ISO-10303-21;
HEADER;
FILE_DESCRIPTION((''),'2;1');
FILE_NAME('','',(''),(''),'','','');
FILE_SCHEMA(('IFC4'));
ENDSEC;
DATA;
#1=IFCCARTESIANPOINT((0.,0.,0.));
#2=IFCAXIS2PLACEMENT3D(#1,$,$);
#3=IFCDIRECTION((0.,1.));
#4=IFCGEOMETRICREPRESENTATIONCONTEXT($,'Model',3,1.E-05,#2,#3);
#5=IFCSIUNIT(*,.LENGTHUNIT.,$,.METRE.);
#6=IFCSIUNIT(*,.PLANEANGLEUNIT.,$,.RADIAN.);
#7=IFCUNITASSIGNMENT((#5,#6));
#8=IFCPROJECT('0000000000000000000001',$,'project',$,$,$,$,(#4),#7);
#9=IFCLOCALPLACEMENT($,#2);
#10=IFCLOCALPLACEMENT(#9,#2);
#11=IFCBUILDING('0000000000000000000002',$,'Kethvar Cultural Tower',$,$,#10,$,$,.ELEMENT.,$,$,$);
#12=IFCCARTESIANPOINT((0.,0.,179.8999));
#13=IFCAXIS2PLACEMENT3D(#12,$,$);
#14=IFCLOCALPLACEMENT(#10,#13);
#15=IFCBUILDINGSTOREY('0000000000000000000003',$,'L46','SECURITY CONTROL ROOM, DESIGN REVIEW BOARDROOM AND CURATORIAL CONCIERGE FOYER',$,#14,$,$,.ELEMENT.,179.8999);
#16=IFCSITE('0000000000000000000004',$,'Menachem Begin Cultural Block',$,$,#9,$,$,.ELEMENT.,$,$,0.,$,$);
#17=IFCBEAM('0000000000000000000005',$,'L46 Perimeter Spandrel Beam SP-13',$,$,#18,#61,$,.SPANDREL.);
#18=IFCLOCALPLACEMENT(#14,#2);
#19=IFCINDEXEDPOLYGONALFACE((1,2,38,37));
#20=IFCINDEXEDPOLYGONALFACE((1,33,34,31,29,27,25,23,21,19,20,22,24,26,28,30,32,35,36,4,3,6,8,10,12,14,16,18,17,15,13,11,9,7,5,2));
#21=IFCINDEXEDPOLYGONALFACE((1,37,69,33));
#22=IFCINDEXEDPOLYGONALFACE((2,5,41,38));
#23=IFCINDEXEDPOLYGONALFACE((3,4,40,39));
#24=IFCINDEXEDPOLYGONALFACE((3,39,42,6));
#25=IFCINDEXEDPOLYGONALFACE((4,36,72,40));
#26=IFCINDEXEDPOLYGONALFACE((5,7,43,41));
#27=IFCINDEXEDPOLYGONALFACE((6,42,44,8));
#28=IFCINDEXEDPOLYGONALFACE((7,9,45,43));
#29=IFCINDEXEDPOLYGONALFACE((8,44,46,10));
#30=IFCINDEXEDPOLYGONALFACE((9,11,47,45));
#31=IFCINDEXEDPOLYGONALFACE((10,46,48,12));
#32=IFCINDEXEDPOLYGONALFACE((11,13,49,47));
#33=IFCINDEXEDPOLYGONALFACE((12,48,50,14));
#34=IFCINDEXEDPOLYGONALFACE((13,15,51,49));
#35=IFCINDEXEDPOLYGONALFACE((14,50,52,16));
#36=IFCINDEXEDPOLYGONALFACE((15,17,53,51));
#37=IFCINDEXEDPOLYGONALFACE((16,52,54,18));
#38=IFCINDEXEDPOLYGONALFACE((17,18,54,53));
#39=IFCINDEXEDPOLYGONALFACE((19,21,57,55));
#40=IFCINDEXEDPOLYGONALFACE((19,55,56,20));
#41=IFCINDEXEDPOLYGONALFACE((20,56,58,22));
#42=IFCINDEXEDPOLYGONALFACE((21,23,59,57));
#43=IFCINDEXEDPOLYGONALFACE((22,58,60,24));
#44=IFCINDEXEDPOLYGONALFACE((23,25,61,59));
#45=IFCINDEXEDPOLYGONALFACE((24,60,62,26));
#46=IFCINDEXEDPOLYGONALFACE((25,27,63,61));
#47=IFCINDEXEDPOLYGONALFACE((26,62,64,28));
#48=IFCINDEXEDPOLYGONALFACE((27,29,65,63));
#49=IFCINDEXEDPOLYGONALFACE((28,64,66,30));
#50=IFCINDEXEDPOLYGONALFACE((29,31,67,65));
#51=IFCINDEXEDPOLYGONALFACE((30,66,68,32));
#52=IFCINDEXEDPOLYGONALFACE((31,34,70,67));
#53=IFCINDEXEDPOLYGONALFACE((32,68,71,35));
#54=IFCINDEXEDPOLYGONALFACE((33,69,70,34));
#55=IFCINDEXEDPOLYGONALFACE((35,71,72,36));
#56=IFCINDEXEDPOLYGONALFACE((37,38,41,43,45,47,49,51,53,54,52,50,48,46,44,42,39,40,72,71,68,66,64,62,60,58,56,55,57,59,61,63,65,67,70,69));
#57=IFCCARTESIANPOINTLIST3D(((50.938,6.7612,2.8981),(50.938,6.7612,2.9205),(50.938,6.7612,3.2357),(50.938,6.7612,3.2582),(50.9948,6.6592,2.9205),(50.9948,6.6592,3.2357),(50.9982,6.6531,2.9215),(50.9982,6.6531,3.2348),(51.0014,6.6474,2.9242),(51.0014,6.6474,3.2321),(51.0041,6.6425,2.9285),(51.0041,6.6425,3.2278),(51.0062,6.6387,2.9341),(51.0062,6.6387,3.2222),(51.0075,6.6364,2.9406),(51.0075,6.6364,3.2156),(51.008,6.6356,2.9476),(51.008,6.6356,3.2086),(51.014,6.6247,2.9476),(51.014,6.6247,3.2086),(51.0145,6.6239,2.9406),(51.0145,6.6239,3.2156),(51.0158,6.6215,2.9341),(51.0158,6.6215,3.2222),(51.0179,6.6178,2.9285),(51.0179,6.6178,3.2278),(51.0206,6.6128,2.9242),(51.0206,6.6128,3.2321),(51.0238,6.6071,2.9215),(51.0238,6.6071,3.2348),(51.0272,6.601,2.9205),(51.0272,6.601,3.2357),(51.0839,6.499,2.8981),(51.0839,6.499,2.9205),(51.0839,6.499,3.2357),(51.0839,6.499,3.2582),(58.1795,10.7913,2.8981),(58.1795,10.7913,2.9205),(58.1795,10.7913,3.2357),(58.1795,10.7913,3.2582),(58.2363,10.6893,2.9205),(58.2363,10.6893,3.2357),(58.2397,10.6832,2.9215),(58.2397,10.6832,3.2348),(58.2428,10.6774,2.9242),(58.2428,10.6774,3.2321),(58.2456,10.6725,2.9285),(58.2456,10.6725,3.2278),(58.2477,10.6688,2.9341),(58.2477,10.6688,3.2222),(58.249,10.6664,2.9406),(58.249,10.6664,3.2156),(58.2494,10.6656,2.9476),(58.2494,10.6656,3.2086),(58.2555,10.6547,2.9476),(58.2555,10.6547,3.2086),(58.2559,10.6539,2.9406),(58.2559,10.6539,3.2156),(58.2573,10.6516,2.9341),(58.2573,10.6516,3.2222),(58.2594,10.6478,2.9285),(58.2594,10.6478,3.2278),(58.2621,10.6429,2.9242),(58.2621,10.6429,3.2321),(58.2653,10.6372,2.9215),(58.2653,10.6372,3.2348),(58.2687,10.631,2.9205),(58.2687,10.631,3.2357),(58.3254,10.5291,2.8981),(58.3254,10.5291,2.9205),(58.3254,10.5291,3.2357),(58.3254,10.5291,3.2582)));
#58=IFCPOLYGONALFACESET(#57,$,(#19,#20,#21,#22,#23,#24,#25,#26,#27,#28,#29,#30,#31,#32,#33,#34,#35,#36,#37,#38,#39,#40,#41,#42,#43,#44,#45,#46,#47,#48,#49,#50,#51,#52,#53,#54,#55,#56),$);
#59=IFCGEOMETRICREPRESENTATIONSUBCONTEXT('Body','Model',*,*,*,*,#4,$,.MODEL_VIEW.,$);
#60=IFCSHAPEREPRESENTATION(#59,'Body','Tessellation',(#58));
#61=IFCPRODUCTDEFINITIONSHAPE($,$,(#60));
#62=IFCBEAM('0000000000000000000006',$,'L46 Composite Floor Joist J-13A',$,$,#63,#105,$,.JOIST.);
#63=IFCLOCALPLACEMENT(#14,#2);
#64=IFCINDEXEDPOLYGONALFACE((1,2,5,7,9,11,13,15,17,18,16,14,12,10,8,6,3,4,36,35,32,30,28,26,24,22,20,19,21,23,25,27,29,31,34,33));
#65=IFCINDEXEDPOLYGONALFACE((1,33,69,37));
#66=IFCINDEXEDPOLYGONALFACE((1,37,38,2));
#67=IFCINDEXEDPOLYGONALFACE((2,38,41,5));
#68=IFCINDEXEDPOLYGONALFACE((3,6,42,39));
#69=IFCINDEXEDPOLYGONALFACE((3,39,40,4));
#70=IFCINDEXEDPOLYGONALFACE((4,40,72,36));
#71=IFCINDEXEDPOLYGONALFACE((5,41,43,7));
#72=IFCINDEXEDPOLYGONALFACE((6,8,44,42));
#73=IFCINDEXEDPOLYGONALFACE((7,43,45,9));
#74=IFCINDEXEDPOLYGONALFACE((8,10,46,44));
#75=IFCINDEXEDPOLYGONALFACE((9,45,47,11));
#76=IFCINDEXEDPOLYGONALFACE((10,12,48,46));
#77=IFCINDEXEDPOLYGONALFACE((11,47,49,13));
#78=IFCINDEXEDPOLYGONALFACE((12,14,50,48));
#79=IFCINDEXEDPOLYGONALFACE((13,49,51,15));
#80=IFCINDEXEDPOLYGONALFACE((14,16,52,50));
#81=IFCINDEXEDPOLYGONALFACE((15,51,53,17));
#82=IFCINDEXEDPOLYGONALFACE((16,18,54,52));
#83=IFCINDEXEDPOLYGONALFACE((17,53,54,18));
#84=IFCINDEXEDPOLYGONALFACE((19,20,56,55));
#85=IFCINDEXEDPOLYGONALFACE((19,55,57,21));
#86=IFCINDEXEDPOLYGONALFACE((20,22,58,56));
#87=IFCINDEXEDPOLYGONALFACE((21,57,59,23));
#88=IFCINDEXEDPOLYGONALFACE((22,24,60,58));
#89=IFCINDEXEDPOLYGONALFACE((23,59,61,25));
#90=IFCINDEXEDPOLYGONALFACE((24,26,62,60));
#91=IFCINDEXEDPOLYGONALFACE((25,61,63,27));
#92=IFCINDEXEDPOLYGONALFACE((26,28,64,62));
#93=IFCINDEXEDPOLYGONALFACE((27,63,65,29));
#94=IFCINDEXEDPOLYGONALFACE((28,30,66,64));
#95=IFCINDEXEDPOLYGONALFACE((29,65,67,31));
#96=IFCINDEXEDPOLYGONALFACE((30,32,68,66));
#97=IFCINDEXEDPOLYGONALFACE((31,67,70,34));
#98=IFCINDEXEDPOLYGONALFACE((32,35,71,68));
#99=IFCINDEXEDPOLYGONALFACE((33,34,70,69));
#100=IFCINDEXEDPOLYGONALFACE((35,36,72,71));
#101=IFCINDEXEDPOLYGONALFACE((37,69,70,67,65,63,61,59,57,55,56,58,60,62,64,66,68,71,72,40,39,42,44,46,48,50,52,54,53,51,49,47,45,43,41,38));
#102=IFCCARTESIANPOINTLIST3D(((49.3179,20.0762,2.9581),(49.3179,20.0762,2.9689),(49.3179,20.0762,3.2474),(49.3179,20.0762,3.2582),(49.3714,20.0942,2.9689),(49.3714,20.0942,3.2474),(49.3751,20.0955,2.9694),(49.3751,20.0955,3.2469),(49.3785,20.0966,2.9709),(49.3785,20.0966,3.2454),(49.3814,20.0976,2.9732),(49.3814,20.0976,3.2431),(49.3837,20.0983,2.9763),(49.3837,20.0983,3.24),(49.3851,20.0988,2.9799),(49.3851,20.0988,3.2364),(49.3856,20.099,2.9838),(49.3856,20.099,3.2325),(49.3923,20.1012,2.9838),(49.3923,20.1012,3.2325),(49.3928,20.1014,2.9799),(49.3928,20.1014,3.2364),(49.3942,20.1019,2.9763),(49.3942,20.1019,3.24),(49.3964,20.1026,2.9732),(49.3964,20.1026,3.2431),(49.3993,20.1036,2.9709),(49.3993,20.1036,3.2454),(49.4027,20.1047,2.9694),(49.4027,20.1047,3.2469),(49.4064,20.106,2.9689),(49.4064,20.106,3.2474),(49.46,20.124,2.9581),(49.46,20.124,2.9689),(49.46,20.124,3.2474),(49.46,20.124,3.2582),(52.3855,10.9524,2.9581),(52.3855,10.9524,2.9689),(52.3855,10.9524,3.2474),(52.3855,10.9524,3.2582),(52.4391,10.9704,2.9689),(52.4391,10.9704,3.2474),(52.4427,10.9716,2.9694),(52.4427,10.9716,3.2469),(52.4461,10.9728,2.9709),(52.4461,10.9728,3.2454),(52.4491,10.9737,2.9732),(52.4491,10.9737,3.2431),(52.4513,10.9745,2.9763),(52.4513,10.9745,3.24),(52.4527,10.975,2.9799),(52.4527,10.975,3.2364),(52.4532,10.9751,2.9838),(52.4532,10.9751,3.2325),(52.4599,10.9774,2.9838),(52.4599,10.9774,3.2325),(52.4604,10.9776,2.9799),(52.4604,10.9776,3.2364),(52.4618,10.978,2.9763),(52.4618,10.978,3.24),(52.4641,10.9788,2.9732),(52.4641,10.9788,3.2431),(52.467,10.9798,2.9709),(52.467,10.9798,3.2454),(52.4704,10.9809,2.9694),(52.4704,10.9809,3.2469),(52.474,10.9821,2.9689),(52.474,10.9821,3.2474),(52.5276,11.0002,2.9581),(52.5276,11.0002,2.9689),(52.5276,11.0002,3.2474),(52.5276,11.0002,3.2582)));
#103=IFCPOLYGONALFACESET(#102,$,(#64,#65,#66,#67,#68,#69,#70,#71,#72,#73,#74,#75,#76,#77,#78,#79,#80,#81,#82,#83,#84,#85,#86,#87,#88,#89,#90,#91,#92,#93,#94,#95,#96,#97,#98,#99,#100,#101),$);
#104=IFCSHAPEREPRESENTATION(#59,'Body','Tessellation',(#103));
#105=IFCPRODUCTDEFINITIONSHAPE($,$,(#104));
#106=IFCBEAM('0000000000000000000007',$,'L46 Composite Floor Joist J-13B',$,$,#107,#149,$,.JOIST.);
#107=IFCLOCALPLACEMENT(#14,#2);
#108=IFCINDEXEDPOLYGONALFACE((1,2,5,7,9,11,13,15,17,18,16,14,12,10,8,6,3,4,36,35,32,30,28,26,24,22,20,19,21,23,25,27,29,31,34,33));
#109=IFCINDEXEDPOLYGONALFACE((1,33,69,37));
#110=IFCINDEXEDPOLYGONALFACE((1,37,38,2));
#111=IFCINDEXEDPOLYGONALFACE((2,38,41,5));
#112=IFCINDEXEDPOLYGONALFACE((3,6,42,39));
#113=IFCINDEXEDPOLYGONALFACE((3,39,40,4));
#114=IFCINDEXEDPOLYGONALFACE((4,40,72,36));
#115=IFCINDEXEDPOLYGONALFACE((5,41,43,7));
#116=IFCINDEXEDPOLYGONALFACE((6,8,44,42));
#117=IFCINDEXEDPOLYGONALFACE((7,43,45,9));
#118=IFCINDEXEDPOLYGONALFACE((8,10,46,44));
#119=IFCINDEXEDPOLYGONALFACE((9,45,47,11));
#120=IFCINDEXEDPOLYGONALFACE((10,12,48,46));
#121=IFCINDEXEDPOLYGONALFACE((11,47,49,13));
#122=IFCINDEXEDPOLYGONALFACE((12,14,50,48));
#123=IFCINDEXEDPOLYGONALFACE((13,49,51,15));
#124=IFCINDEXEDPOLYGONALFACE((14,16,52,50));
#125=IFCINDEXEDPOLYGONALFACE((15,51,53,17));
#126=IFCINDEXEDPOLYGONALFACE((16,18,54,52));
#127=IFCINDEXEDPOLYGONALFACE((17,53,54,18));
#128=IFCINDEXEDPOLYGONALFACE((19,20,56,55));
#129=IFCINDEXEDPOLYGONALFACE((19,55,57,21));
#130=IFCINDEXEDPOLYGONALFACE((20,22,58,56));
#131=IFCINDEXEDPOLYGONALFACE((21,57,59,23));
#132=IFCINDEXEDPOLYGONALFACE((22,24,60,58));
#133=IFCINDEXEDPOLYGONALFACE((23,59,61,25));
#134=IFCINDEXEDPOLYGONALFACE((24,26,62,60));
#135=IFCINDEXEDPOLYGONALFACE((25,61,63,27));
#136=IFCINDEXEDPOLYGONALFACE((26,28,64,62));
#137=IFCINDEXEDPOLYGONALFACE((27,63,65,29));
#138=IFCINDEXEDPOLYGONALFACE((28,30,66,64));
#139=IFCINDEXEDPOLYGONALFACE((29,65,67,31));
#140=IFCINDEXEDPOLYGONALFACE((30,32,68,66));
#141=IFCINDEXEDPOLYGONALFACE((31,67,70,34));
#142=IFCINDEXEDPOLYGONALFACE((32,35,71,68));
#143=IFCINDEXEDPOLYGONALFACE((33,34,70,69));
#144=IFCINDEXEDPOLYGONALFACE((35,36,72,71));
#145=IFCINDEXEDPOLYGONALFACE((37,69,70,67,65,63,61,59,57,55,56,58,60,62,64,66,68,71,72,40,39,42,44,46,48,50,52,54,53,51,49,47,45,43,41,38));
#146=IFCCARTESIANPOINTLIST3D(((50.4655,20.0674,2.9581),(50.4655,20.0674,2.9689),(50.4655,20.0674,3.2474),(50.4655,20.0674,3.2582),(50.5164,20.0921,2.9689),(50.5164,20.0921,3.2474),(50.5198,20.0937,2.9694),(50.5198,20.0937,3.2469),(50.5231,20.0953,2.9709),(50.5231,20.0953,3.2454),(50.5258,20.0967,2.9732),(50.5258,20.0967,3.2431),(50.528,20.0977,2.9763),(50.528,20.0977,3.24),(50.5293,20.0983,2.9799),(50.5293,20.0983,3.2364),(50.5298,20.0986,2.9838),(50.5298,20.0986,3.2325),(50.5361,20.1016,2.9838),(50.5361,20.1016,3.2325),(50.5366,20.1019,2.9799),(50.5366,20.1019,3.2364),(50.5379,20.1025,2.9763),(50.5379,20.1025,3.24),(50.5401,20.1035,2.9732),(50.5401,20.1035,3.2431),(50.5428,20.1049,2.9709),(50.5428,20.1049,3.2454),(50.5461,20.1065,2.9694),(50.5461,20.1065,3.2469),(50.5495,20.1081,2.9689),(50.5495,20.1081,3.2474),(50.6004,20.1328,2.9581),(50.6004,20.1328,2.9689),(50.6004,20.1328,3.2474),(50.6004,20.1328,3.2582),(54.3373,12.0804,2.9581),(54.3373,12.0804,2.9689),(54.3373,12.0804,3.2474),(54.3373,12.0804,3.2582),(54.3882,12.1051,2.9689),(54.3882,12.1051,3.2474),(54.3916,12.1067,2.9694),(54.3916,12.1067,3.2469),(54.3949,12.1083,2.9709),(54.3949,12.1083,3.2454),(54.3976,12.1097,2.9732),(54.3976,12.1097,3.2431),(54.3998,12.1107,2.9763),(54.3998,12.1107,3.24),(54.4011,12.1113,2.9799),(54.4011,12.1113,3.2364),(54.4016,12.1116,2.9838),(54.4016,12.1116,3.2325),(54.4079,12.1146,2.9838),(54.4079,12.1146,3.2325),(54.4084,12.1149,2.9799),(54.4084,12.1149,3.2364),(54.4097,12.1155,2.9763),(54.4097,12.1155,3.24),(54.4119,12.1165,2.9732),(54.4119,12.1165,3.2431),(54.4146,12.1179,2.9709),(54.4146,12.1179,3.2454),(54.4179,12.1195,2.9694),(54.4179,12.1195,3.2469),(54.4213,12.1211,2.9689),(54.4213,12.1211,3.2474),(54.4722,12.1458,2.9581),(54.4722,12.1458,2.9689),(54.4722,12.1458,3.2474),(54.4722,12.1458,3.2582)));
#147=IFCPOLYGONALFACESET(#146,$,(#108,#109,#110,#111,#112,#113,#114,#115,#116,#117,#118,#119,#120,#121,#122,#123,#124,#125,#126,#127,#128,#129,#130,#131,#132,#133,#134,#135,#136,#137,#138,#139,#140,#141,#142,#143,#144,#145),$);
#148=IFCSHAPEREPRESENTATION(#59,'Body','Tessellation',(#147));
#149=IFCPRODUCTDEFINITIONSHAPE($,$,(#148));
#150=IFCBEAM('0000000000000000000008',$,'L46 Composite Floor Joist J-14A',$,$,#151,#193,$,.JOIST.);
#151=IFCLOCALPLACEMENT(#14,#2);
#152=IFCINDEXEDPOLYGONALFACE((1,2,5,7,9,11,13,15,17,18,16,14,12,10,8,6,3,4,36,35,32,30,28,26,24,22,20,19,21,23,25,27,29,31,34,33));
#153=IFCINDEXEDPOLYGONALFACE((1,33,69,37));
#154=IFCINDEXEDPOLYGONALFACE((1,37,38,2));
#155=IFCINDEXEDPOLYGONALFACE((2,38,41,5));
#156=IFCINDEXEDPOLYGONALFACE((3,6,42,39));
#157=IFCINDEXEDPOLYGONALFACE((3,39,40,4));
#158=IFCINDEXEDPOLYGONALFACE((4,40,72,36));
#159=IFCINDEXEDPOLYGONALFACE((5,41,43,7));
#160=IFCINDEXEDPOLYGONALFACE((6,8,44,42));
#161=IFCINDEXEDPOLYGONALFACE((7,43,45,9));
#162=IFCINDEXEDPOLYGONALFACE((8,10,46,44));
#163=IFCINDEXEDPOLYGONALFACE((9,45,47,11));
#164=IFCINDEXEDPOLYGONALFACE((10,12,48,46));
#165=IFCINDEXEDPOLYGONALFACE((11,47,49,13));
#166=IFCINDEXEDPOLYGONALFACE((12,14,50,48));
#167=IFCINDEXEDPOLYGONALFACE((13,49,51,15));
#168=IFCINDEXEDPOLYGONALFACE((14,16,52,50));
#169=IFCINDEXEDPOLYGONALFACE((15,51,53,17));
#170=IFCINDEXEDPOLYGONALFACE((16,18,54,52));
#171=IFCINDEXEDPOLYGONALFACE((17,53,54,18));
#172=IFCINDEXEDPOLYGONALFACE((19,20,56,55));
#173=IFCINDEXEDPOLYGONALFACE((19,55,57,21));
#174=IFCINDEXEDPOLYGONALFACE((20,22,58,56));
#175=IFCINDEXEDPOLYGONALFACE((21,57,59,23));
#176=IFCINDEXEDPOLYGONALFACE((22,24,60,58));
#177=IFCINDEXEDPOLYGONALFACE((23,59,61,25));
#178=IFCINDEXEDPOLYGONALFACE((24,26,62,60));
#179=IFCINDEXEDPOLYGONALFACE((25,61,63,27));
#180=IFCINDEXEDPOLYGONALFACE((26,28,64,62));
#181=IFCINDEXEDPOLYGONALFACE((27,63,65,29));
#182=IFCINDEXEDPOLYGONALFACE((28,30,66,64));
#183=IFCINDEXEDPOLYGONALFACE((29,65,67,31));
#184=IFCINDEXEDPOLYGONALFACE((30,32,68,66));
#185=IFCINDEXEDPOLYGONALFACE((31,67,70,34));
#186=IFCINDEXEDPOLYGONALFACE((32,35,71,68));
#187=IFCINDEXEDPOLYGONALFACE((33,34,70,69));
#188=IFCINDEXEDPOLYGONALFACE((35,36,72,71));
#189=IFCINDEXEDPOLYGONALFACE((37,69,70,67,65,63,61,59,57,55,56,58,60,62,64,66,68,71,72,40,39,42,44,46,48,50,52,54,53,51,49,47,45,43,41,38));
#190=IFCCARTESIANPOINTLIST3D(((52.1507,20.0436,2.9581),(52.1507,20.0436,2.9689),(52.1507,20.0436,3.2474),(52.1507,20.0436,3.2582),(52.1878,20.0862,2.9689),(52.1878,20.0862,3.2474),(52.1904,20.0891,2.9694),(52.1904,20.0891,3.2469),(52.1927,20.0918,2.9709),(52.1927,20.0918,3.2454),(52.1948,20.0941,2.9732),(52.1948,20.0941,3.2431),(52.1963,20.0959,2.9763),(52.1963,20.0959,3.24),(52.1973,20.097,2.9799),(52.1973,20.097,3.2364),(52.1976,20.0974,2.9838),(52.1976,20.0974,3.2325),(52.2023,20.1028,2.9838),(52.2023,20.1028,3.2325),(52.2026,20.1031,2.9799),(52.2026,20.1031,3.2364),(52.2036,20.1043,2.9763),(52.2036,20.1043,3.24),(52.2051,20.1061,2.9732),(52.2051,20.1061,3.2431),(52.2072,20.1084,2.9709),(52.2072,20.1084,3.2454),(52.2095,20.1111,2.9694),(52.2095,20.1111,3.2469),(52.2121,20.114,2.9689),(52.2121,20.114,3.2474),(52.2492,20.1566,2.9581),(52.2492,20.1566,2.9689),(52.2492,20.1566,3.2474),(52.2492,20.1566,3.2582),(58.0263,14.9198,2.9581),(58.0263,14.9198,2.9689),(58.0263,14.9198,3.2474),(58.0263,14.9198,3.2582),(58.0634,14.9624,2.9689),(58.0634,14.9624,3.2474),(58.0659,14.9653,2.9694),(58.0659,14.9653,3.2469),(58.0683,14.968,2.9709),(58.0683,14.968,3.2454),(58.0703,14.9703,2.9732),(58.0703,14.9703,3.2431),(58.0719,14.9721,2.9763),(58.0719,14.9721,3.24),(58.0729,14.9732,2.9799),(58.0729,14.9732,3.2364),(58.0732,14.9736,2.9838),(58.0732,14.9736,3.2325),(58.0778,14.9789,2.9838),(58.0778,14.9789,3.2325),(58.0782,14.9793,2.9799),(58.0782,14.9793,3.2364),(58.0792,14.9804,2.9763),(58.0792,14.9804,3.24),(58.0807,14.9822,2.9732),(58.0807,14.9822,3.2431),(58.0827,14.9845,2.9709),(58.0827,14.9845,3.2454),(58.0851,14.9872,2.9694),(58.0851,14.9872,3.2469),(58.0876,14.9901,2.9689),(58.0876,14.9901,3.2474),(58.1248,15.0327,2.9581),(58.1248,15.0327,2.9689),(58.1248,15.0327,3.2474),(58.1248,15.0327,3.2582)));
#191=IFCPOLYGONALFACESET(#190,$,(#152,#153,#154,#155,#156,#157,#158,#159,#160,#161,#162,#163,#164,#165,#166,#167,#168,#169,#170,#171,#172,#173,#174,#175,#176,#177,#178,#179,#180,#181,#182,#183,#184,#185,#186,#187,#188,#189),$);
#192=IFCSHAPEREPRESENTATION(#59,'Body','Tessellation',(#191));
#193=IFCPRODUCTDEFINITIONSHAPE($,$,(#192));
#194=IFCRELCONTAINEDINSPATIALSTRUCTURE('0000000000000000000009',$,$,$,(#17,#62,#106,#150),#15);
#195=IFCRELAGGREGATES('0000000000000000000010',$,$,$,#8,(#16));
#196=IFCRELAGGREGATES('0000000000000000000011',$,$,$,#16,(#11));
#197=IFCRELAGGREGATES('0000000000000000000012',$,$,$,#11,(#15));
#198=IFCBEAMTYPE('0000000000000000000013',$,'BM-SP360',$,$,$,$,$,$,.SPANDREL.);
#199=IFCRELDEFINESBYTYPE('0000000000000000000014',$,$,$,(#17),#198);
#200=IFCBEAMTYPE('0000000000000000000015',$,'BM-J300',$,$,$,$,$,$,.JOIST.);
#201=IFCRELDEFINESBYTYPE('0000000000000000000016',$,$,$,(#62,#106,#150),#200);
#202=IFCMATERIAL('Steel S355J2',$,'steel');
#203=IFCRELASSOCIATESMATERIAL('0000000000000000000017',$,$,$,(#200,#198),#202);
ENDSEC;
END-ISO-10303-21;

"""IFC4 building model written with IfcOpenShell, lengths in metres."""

from ifc_helpers import new_model, si_unit, direction, frame, origin, origin_2d, place, context, subcontext, project, spatial, i_section, extrude, source, transform, mapped, material, material_profile, profile_set, type_object, element, save


model = new_model("IFC4")

# Units and contexts
model_context = context("Model", 3, precision=1e-05, world=origin(), true_north=direction((0.0, 1.0)))
body_context = subcontext(model_context, "Body", "Model", "MODEL_VIEW")
ifc_project = project(units=[si_unit("LENGTHUNIT", "METRE"), si_unit("PLANEANGLEUNIT", "RADIAN")], contexts=[model_context])

# Site, building, storey
site_placement = place(None, origin())
site = spatial("IfcSite", under=ifc_project, at=site_placement, Name="Menachem Begin Cultural Block", CompositionType="ELEMENT", RefElevation=0.0)
building_placement = place(site_placement, origin())
building = spatial("IfcBuilding", under=site, at=building_placement, Name="Kethvar Cultural Tower", CompositionType="ELEMENT")
storey_placement = place(building_placement, frame((0.0, 0.0, 179.8999)))
storey = spatial("IfcBuildingStorey", under=building, at=storey_placement, Name="L46", Description="SECURITY CONTROL ROOM, DESIGN REVIEW BOARDROOM AND CURATORIAL CONCIERGE FOYER", CompositionType="ELEMENT", Elevation=179.8999)

# Beams
ifc_material_1 = material(Name="Steel S355J2", Category="steel")
ifc_material_profile_1 = material_profile(ifc_material_1, i_section(OverallWidth=0.1499, OverallDepth=0.3, WebThickness=0.0071, FlangeThickness=0.0107, FilletRadius=0.0149, at=origin_2d()), Name="Steel S355J2 — IPE300")
ifc_profile_set_1 = profile_set([ifc_material_profile_1], Name="Steel S355J2 — IPE300")
beam_type_1 = type_object("IfcBeamType", Name="BM-J300", PredefinedType="JOIST", material=ifc_profile_set_1)
ifc_material_profile_2 = material_profile(ifc_material_1, i_section(OverallWidth=0.3, OverallDepth=0.3601, WebThickness=0.0125, FlangeThickness=0.0225, FilletRadius=0.0271, at=origin_2d()), Name="Steel S355J2 — HEB360")
ifc_profile_set_2 = profile_set([ifc_material_profile_2], Name="Steel S355J2 — HEB360")
beam_type_2 = type_object("IfcBeamType", Name="BM-SP360", PredefinedType="SPANDREL", material=ifc_profile_set_2)
shared_shape_1 = source(origin(), body_context, "Body", "SweptSolid", [
    extrude(i_section(OverallWidth=0.3, OverallDepth=0.3601, WebThickness=0.0125, FlangeThickness=0.0225, FilletRadius=0.0271, at=origin_2d()), origin(), (0.0, 0.0, 1.0), 8.2874),
])
beam_1_placement = place(storey_placement, frame((51.011, 6.6301, 3.0781), z_axis=(0.873799, 0.486288, 0.0), x_axis=(-0.486288, 0.873799, 0.0)))
element("IfcBeam", 1, at=beam_1_placement, inside=storey, type_object=beam_type_2, Name="L46 Perimeter Spandrel Beam SP-13", PredefinedType="SPANDREL", context=body_context, shape_type="MappedRepresentation", body=[
    mapped(shared_shape_1, transform((0.0, 0.0, 0.0), scale=1.0)),
])
shared_shape_2 = source(origin(), body_context, "Body", "SweptSolid", [
    extrude(i_section(OverallWidth=0.1499, OverallDepth=0.3, WebThickness=0.0071, FlangeThickness=0.0107, FilletRadius=0.0149, at=origin_2d()), origin(), (0.0, 0.0, 1.0), 9.6257),
])
beam_2_placement = place(storey_placement, frame((49.3889, 20.1001, 3.1082), z_axis=(0.318692, -0.947858, 0.0), x_axis=(0.947858, 0.318692, 0.0)))
element("IfcBeam", 2, at=beam_2_placement, inside=storey, type_object=beam_type_1, Name="L46 Composite Floor Joist J-13A", PredefinedType="JOIST", context=body_context, shape_type="MappedRepresentation", body=[
    mapped(shared_shape_2, transform((0.0, 0.0, 0.0), scale=1.0)),
])
shared_shape_3 = source(origin(), body_context, "Body", "SweptSolid", [
    extrude(i_section(OverallWidth=0.1499, OverallDepth=0.3, WebThickness=0.0071, FlangeThickness=0.0107, FilletRadius=0.0149, at=origin_2d()), origin(), (0.0, 0.0, 1.0), 8.876),
])
beam_3_placement = place(storey_placement, frame((50.533, 20.1001, 3.1082), z_axis=(0.436211, -0.899845, 0.0), x_axis=(0.899845, 0.436211, 0.0)))
element("IfcBeam", 3, at=beam_3_placement, inside=storey, type_object=beam_type_1, Name="L46 Composite Floor Joist J-13B", PredefinedType="JOIST", context=body_context, shape_type="MappedRepresentation", body=[
    mapped(shared_shape_3, transform((0.0, 0.0, 0.0), scale=1.0)),
])
shared_shape_4 = source(origin(), body_context, "Body", "SweptSolid", [
    extrude(i_section(OverallWidth=0.1499, OverallDepth=0.3, WebThickness=0.0071, FlangeThickness=0.0107, FilletRadius=0.0149, at=origin_2d()), origin(), (0.0, 0.0, 1.0), 7.7959),
])
beam_4_placement = place(storey_placement, frame((52.2, 20.1001, 3.1082), z_axis=(0.753674, -0.657249, 0.0), x_axis=(0.657249, 0.753674, 0.0)))
element("IfcBeam", 4, at=beam_4_placement, inside=storey, type_object=beam_type_1, Name="L46 Composite Floor Joist J-14A", PredefinedType="JOIST", context=body_context, shape_type="MappedRepresentation", body=[
    mapped(shared_shape_4, transform((0.0, 0.0, 0.0), scale=1.0)),
])

save(model, "model.ifc")
